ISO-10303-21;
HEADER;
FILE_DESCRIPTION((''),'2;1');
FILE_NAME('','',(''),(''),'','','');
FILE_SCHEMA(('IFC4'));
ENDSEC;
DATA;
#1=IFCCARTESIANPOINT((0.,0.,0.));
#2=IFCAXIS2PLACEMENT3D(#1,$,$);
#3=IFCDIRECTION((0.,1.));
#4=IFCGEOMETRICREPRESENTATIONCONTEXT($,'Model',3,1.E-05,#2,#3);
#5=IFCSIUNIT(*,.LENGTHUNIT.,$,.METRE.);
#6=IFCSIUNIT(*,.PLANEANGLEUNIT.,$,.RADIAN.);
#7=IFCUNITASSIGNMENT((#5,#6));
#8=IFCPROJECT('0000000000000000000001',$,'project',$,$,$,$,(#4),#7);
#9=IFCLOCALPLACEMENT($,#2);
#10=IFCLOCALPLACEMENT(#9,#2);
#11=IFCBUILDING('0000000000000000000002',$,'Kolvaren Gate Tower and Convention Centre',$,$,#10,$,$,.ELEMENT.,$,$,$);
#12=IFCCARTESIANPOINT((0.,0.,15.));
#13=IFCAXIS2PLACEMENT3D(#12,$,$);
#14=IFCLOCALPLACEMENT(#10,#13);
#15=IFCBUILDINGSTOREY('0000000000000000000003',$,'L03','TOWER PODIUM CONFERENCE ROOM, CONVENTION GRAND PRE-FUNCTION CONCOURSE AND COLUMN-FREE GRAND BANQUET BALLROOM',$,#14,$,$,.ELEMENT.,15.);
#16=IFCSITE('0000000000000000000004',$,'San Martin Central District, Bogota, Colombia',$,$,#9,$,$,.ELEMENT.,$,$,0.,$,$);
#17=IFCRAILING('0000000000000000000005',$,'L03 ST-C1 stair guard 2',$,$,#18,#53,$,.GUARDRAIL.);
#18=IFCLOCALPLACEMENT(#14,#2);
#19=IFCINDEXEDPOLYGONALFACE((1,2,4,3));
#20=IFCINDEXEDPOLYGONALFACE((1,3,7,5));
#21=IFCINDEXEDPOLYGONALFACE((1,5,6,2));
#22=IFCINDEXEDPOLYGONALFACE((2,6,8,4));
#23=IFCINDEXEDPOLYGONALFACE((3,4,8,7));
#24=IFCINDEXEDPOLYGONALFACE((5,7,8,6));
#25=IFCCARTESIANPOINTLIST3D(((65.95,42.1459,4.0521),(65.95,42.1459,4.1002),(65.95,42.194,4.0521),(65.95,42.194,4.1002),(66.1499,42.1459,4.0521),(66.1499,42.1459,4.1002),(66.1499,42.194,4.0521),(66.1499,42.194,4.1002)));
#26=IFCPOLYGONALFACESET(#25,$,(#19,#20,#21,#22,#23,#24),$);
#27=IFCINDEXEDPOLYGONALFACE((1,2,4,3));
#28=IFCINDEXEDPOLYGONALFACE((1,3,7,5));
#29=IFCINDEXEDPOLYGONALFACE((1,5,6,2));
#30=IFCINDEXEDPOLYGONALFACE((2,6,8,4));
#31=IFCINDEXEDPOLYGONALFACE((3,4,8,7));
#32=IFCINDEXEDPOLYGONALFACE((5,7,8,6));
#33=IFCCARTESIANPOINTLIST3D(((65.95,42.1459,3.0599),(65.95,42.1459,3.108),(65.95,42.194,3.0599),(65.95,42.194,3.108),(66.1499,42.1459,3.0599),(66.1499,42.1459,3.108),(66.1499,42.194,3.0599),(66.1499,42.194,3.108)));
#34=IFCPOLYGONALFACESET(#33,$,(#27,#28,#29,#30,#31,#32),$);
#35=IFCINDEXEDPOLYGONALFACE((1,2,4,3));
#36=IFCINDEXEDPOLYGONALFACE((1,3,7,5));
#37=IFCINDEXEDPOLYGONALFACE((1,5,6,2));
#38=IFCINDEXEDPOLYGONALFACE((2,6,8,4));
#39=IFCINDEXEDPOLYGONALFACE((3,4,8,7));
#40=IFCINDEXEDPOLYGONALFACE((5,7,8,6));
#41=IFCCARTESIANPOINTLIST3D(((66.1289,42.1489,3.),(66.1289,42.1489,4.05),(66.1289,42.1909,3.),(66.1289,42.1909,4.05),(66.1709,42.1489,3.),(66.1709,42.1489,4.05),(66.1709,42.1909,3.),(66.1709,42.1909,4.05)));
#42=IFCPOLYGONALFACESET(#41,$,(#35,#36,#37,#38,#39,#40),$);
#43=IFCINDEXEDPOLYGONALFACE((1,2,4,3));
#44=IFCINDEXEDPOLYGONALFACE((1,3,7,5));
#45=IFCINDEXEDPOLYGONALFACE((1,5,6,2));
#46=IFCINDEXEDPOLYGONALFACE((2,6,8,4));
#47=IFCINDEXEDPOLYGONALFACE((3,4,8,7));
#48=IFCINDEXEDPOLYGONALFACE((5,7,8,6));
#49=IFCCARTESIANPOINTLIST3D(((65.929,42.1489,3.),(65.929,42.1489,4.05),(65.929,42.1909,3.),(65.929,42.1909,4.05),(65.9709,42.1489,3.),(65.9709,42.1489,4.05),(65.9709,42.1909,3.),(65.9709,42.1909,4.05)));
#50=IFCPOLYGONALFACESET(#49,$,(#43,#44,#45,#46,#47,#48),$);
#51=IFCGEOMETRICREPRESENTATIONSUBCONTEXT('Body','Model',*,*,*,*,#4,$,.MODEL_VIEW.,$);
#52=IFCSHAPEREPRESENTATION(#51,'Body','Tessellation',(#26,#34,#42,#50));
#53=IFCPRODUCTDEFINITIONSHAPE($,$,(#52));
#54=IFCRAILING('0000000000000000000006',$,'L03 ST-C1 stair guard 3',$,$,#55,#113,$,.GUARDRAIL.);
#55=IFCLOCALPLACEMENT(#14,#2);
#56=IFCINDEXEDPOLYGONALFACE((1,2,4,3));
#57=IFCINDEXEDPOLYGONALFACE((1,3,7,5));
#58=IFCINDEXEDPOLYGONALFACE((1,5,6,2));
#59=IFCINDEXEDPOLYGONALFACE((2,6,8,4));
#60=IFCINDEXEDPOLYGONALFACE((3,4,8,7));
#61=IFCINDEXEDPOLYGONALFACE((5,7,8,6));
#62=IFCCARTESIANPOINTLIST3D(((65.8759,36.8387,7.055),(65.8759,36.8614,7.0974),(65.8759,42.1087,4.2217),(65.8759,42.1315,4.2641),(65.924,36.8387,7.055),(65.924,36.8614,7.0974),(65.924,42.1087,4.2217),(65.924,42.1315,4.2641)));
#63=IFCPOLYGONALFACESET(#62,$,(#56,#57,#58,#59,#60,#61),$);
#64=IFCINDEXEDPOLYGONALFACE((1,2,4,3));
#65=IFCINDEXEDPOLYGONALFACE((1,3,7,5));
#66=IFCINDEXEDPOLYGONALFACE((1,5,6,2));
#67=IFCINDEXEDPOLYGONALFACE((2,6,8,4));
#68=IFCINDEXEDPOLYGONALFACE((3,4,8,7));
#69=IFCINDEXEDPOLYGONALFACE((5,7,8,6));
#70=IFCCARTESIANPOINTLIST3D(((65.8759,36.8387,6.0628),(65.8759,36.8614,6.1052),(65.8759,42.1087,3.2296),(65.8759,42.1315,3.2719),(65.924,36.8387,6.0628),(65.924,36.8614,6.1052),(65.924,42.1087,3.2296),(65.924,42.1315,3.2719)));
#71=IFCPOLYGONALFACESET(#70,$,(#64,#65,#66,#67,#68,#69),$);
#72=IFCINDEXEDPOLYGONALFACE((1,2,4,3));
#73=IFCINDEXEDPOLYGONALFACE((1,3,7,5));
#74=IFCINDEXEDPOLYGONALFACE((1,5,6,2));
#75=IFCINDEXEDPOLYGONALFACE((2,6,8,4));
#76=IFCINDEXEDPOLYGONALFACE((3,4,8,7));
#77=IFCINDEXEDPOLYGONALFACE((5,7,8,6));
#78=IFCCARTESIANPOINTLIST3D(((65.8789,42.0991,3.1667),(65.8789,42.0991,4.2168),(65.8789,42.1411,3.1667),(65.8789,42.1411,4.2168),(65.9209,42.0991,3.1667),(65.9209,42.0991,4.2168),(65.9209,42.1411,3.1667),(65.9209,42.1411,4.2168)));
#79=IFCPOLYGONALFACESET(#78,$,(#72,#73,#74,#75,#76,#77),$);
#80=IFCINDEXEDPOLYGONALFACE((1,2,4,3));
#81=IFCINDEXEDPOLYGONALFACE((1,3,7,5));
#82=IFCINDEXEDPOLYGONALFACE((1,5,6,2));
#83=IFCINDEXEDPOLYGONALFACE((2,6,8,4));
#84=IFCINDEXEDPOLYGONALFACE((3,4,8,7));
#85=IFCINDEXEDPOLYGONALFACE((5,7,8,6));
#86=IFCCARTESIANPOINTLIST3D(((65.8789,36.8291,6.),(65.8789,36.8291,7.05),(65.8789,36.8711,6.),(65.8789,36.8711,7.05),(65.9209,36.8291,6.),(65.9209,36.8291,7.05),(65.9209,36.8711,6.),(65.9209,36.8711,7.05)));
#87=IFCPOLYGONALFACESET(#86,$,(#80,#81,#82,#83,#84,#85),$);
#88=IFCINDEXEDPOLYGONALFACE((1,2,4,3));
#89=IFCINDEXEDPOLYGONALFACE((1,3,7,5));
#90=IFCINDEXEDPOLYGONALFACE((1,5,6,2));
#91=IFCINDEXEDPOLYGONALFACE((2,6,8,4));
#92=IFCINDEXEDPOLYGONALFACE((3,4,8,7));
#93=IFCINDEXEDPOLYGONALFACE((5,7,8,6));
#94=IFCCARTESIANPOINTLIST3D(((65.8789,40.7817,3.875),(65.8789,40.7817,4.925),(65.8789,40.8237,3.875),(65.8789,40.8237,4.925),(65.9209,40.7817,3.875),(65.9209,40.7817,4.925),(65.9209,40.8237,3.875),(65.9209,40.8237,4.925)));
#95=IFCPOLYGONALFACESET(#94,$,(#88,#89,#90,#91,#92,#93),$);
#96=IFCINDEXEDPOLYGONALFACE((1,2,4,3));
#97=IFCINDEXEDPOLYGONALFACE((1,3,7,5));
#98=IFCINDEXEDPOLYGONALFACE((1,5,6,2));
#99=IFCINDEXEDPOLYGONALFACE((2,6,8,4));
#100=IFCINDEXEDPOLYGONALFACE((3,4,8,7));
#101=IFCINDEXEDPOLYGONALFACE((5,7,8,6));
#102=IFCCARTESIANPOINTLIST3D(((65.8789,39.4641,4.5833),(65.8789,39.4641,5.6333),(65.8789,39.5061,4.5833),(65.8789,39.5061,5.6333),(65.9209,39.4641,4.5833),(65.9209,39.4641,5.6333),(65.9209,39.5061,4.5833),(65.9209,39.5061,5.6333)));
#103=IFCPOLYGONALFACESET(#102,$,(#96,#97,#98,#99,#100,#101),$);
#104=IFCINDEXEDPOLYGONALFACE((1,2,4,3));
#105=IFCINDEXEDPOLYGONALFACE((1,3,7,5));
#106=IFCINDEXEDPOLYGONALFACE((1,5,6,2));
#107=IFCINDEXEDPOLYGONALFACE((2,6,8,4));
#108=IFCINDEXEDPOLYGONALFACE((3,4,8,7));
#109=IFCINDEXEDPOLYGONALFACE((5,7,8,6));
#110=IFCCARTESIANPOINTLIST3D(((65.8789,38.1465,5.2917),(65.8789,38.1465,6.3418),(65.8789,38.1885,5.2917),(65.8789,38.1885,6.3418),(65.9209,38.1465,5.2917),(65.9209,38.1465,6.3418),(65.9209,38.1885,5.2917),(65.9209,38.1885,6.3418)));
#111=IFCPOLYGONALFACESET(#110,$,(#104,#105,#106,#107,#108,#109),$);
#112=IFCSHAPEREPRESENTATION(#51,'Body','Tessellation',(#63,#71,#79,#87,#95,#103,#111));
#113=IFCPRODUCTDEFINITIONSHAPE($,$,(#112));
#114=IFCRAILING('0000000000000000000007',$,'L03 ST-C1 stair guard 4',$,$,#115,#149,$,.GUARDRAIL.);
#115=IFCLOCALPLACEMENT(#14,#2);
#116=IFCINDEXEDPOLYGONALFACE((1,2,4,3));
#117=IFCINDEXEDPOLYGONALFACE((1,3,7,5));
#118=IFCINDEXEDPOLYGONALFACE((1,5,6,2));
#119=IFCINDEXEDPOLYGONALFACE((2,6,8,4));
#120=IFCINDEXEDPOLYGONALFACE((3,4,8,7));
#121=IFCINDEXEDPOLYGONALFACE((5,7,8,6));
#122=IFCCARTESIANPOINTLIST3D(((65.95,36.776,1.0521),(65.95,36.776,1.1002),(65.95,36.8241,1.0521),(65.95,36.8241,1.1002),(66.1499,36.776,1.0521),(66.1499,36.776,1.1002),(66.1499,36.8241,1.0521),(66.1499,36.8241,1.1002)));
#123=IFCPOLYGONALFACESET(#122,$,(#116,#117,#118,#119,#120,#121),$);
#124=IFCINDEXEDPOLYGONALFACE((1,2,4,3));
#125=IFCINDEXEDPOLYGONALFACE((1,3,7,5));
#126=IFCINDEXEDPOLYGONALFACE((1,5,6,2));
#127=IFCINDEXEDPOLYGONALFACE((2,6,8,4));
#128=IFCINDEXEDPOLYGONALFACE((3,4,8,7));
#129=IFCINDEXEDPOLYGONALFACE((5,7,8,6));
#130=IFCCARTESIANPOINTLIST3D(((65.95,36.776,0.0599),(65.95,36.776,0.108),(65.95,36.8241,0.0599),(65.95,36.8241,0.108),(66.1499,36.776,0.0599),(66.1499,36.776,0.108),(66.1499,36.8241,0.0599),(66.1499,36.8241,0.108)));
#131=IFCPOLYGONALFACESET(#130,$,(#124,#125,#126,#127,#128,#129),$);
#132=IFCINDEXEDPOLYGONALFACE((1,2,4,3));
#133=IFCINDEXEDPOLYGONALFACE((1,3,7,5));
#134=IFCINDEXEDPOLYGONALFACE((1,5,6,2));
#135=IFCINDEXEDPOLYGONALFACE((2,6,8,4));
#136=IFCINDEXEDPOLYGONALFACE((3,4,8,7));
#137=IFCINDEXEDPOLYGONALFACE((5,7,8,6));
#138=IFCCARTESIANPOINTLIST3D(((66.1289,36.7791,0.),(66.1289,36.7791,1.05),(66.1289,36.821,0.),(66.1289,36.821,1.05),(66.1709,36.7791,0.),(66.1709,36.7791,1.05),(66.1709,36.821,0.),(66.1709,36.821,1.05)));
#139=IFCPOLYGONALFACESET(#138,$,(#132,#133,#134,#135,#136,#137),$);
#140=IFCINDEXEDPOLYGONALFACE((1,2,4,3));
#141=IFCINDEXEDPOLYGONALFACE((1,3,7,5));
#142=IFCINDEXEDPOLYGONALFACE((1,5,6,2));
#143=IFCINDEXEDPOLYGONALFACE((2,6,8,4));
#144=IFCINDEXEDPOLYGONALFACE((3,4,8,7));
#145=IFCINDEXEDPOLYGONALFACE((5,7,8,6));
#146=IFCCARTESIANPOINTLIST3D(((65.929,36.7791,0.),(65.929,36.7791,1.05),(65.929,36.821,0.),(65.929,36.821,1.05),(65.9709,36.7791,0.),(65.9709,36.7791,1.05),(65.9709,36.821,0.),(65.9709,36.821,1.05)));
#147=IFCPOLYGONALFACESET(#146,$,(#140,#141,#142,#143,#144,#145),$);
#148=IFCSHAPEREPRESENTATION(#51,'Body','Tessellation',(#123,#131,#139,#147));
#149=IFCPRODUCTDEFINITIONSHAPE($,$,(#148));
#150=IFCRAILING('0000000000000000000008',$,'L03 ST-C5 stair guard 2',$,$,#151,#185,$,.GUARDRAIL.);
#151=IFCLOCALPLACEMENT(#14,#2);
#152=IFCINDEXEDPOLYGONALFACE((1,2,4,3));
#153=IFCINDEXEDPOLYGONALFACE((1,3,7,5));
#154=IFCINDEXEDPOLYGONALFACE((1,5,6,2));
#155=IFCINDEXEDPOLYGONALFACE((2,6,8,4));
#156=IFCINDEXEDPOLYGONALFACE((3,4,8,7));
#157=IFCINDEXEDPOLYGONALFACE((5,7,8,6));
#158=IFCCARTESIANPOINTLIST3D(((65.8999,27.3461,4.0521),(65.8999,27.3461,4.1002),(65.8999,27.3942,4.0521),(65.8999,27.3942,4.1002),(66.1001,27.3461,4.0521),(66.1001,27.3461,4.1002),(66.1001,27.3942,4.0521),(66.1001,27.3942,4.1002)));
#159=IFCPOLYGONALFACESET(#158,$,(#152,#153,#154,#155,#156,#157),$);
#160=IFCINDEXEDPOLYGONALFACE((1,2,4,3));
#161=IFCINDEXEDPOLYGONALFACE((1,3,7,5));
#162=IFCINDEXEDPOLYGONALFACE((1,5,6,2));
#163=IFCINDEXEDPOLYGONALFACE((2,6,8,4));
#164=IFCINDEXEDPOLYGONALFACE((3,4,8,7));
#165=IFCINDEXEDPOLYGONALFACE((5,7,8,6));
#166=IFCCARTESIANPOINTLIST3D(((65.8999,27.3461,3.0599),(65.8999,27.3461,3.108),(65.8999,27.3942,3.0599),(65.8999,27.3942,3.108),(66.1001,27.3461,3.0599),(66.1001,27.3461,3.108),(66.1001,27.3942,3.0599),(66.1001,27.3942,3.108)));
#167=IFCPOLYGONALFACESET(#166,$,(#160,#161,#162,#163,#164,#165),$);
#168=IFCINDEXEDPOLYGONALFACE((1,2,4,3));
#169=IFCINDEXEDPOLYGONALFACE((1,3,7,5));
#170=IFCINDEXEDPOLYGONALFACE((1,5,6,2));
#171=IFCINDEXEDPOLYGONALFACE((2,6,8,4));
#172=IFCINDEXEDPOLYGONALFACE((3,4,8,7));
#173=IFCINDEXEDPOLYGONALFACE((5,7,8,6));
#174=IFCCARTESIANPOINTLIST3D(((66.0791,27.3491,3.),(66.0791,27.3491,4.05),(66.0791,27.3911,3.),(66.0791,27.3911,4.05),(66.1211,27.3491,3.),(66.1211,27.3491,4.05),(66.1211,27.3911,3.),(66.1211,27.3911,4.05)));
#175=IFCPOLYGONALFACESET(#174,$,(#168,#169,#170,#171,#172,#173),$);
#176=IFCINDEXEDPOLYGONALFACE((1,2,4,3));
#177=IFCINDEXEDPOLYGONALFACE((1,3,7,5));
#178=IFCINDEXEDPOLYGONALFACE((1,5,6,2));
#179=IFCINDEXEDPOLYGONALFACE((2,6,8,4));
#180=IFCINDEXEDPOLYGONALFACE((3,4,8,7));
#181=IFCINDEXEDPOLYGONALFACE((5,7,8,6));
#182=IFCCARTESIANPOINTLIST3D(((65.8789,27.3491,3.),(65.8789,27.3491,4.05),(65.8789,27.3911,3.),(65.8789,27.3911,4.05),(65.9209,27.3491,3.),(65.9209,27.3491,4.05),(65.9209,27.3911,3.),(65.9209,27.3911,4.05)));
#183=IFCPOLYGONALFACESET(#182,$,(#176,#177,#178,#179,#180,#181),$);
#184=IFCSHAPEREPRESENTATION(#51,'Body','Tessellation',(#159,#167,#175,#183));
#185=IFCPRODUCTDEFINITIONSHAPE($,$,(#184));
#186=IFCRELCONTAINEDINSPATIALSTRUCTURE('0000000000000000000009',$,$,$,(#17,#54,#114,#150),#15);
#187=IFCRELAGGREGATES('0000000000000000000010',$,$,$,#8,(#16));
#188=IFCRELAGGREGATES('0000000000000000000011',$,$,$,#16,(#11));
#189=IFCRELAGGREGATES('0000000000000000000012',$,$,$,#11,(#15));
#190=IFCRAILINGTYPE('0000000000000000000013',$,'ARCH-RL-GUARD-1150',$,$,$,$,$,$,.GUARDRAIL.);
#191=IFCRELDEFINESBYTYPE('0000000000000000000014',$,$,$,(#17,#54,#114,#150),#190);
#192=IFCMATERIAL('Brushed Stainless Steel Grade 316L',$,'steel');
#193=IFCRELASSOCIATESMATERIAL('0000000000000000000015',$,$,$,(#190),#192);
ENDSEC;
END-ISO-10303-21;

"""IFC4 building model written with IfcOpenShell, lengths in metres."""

from ifc_helpers import new_model, si_unit, direction, frame, origin, origin_2d, place, context, subcontext, project, spatial, rectangle, extrude, material, type_object, element, save


model = new_model("IFC4")

# Units and contexts
model_context = context("Model", 3, precision=1e-05, world=origin(), true_north=direction((0.0, 1.0)))
body_context = subcontext(model_context, "Body", "Model", "MODEL_VIEW")
ifc_project = project(units=[si_unit("LENGTHUNIT", "METRE"), si_unit("PLANEANGLEUNIT", "RADIAN")], contexts=[model_context])

# Site, building, storey
site_placement = place(None, origin())
site = spatial("IfcSite", under=ifc_project, at=site_placement, Name="San Martin Central District, Bogota, Colombia", CompositionType="ELEMENT", RefElevation=0.0)
building_placement = place(site_placement, origin())
building = spatial("IfcBuilding", under=site, at=building_placement, Name="Kolvaren Gate Tower and Convention Centre", CompositionType="ELEMENT")
storey_placement = place(building_placement, frame((0.0, 0.0, 15.0)))
storey = spatial("IfcBuildingStorey", under=building, at=storey_placement, Name="L03", Description="TOWER PODIUM CONFERENCE ROOM, CONVENTION GRAND PRE-FUNCTION CONCOURSE AND COLUMN-FREE GRAND BANQUET BALLROOM", CompositionType="ELEMENT", Elevation=15.0)

# Shared definitions
ifc_material_1 = material(Name="Brushed Stainless Steel Grade 316L", Category="steel")

# Railings
railing_type_1 = type_object("IfcRailingType", Name="ARCH-RL-GUARD-1150", PredefinedType="GUARDRAIL", material=ifc_material_1)
railing_1_placement = place(storey_placement, frame((66.1499, 42.1699, 3.0)))
element("IfcRailing", 1, at=railing_1_placement, inside=storey, type_object=railing_type_1, Name="L03 ST-C1 stair guard 2", PredefinedType="GUARDRAIL", context=body_context, shape_type="SweptSolid", body=[
    extrude(rectangle(XDim=0.0481, YDim=0.0481, at=origin_2d()), frame((0.0, 0.0, 1.0762), z_axis=(-1.0, 0.0, 0.0), x_axis=(0.0, -1.0, 0.0)), (0.0, 0.0, 1.0), 0.2),
    extrude(rectangle(XDim=0.0481, YDim=0.0481, at=origin_2d()), frame((0.0, 0.0, 0.084), z_axis=(-1.0, 0.0, 0.0), x_axis=(0.0, -1.0, 0.0)), (0.0, 0.0, 1.0), 0.2),
    extrude(rectangle(XDim=0.042, YDim=0.042, at=origin_2d()), origin(), (0.0, 0.0, 1.0), 1.05),
    extrude(rectangle(XDim=0.042, YDim=0.042, at=origin_2d()), frame((-0.2, 0.0, 0.0)), (0.0, 0.0, 1.0), 1.05),
])
railing_2_placement = place(storey_placement, frame((65.8999, 42.1201, 3.1667)))
element("IfcRailing", 2, at=railing_2_placement, inside=storey, type_object=railing_type_1, Name="L03 ST-C1 stair guard 3", PredefinedType="GUARDRAIL", context=body_context, shape_type="SweptSolid", body=[
    extrude(rectangle(XDim=0.0481, YDim=0.0481, at=origin_2d()), frame((0.0, 0.0, 1.0762), z_axis=(0.0, -0.880781, 0.473523), x_axis=(1.0, 0.0, 0.0)), (0.0, 0.0, 1.0), 5.9834),
    extrude(rectangle(XDim=0.0481, YDim=0.0481, at=origin_2d()), frame((0.0, 0.0, 0.084), z_axis=(0.0, -0.880781, 0.473523), x_axis=(1.0, 0.0, 0.0)), (0.0, 0.0, 1.0), 5.9834),
    extrude(rectangle(XDim=0.042, YDim=0.042, at=origin_2d()), origin(), (0.0, 0.0, 1.0), 1.05),
    extrude(rectangle(XDim=0.042, YDim=0.042, at=origin_2d()), frame((0.0, -5.27, 2.8333)), (0.0, 0.0, 1.0), 1.05),
    extrude(rectangle(XDim=0.042, YDim=0.042, at=origin_2d()), frame((0.0, -1.3174, 0.7083)), (0.0, 0.0, 1.0), 1.05),
    extrude(rectangle(XDim=0.042, YDim=0.042, at=origin_2d()), frame((0.0, -2.635, 1.4165)), (0.0, 0.0, 1.0), 1.05),
    extrude(rectangle(XDim=0.042, YDim=0.042, at=origin_2d()), frame((0.0, -3.9526, 2.125)), (0.0, 0.0, 1.0), 1.05),
])
railing_3_placement = place(storey_placement, frame((66.1499, 36.8, 0.0)))
element("IfcRailing", 3, at=railing_3_placement, inside=storey, type_object=railing_type_1, Name="L03 ST-C1 stair guard 4", PredefinedType="GUARDRAIL", context=body_context, shape_type="SweptSolid", body=[
    extrude(rectangle(XDim=0.0481, YDim=0.0481, at=origin_2d()), frame((0.0, 0.0, 1.0762), z_axis=(-1.0, 0.0, 0.0), x_axis=(0.0, -1.0, 0.0)), (0.0, 0.0, 1.0), 0.2),
    extrude(rectangle(XDim=0.0481, YDim=0.0481, at=origin_2d()), frame((0.0, 0.0, 0.084), z_axis=(-1.0, 0.0, 0.0), x_axis=(0.0, -1.0, 0.0)), (0.0, 0.0, 1.0), 0.2),
    extrude(rectangle(XDim=0.042, YDim=0.042, at=origin_2d()), origin(), (0.0, 0.0, 1.0), 1.05),
    extrude(rectangle(XDim=0.042, YDim=0.042, at=origin_2d()), frame((-0.2, 0.0, 0.0)), (0.0, 0.0, 1.0), 1.05),
])
railing_4_placement = place(storey_placement, frame((66.1001, 27.3701, 3.0)))
element("IfcRailing", 4, at=railing_4_placement, inside=storey, type_object=railing_type_1, Name="L03 ST-C5 stair guard 2", PredefinedType="GUARDRAIL", context=body_context, shape_type="SweptSolid", body=[
    extrude(rectangle(XDim=0.0481, YDim=0.0481, at=origin_2d()), frame((0.0, 0.0, 1.0762), z_axis=(-1.0, 0.0, 0.0), x_axis=(0.0, -1.0, 0.0)), (0.0, 0.0, 1.0), 0.2002),
    extrude(rectangle(XDim=0.0481, YDim=0.0481, at=origin_2d()), frame((0.0, 0.0, 0.084), z_axis=(-1.0, 0.0, 0.0), x_axis=(0.0, -1.0, 0.0)), (0.0, 0.0, 1.0), 0.2002),
    extrude(rectangle(XDim=0.042, YDim=0.042, at=origin_2d()), origin(), (0.0, 0.0, 1.0), 1.05),
    extrude(rectangle(XDim=0.042, YDim=0.042, at=origin_2d()), frame((-0.2002, 0.0, 0.0)), (0.0, 0.0, 1.0), 1.05),
])

save(model, "model.ifc")
